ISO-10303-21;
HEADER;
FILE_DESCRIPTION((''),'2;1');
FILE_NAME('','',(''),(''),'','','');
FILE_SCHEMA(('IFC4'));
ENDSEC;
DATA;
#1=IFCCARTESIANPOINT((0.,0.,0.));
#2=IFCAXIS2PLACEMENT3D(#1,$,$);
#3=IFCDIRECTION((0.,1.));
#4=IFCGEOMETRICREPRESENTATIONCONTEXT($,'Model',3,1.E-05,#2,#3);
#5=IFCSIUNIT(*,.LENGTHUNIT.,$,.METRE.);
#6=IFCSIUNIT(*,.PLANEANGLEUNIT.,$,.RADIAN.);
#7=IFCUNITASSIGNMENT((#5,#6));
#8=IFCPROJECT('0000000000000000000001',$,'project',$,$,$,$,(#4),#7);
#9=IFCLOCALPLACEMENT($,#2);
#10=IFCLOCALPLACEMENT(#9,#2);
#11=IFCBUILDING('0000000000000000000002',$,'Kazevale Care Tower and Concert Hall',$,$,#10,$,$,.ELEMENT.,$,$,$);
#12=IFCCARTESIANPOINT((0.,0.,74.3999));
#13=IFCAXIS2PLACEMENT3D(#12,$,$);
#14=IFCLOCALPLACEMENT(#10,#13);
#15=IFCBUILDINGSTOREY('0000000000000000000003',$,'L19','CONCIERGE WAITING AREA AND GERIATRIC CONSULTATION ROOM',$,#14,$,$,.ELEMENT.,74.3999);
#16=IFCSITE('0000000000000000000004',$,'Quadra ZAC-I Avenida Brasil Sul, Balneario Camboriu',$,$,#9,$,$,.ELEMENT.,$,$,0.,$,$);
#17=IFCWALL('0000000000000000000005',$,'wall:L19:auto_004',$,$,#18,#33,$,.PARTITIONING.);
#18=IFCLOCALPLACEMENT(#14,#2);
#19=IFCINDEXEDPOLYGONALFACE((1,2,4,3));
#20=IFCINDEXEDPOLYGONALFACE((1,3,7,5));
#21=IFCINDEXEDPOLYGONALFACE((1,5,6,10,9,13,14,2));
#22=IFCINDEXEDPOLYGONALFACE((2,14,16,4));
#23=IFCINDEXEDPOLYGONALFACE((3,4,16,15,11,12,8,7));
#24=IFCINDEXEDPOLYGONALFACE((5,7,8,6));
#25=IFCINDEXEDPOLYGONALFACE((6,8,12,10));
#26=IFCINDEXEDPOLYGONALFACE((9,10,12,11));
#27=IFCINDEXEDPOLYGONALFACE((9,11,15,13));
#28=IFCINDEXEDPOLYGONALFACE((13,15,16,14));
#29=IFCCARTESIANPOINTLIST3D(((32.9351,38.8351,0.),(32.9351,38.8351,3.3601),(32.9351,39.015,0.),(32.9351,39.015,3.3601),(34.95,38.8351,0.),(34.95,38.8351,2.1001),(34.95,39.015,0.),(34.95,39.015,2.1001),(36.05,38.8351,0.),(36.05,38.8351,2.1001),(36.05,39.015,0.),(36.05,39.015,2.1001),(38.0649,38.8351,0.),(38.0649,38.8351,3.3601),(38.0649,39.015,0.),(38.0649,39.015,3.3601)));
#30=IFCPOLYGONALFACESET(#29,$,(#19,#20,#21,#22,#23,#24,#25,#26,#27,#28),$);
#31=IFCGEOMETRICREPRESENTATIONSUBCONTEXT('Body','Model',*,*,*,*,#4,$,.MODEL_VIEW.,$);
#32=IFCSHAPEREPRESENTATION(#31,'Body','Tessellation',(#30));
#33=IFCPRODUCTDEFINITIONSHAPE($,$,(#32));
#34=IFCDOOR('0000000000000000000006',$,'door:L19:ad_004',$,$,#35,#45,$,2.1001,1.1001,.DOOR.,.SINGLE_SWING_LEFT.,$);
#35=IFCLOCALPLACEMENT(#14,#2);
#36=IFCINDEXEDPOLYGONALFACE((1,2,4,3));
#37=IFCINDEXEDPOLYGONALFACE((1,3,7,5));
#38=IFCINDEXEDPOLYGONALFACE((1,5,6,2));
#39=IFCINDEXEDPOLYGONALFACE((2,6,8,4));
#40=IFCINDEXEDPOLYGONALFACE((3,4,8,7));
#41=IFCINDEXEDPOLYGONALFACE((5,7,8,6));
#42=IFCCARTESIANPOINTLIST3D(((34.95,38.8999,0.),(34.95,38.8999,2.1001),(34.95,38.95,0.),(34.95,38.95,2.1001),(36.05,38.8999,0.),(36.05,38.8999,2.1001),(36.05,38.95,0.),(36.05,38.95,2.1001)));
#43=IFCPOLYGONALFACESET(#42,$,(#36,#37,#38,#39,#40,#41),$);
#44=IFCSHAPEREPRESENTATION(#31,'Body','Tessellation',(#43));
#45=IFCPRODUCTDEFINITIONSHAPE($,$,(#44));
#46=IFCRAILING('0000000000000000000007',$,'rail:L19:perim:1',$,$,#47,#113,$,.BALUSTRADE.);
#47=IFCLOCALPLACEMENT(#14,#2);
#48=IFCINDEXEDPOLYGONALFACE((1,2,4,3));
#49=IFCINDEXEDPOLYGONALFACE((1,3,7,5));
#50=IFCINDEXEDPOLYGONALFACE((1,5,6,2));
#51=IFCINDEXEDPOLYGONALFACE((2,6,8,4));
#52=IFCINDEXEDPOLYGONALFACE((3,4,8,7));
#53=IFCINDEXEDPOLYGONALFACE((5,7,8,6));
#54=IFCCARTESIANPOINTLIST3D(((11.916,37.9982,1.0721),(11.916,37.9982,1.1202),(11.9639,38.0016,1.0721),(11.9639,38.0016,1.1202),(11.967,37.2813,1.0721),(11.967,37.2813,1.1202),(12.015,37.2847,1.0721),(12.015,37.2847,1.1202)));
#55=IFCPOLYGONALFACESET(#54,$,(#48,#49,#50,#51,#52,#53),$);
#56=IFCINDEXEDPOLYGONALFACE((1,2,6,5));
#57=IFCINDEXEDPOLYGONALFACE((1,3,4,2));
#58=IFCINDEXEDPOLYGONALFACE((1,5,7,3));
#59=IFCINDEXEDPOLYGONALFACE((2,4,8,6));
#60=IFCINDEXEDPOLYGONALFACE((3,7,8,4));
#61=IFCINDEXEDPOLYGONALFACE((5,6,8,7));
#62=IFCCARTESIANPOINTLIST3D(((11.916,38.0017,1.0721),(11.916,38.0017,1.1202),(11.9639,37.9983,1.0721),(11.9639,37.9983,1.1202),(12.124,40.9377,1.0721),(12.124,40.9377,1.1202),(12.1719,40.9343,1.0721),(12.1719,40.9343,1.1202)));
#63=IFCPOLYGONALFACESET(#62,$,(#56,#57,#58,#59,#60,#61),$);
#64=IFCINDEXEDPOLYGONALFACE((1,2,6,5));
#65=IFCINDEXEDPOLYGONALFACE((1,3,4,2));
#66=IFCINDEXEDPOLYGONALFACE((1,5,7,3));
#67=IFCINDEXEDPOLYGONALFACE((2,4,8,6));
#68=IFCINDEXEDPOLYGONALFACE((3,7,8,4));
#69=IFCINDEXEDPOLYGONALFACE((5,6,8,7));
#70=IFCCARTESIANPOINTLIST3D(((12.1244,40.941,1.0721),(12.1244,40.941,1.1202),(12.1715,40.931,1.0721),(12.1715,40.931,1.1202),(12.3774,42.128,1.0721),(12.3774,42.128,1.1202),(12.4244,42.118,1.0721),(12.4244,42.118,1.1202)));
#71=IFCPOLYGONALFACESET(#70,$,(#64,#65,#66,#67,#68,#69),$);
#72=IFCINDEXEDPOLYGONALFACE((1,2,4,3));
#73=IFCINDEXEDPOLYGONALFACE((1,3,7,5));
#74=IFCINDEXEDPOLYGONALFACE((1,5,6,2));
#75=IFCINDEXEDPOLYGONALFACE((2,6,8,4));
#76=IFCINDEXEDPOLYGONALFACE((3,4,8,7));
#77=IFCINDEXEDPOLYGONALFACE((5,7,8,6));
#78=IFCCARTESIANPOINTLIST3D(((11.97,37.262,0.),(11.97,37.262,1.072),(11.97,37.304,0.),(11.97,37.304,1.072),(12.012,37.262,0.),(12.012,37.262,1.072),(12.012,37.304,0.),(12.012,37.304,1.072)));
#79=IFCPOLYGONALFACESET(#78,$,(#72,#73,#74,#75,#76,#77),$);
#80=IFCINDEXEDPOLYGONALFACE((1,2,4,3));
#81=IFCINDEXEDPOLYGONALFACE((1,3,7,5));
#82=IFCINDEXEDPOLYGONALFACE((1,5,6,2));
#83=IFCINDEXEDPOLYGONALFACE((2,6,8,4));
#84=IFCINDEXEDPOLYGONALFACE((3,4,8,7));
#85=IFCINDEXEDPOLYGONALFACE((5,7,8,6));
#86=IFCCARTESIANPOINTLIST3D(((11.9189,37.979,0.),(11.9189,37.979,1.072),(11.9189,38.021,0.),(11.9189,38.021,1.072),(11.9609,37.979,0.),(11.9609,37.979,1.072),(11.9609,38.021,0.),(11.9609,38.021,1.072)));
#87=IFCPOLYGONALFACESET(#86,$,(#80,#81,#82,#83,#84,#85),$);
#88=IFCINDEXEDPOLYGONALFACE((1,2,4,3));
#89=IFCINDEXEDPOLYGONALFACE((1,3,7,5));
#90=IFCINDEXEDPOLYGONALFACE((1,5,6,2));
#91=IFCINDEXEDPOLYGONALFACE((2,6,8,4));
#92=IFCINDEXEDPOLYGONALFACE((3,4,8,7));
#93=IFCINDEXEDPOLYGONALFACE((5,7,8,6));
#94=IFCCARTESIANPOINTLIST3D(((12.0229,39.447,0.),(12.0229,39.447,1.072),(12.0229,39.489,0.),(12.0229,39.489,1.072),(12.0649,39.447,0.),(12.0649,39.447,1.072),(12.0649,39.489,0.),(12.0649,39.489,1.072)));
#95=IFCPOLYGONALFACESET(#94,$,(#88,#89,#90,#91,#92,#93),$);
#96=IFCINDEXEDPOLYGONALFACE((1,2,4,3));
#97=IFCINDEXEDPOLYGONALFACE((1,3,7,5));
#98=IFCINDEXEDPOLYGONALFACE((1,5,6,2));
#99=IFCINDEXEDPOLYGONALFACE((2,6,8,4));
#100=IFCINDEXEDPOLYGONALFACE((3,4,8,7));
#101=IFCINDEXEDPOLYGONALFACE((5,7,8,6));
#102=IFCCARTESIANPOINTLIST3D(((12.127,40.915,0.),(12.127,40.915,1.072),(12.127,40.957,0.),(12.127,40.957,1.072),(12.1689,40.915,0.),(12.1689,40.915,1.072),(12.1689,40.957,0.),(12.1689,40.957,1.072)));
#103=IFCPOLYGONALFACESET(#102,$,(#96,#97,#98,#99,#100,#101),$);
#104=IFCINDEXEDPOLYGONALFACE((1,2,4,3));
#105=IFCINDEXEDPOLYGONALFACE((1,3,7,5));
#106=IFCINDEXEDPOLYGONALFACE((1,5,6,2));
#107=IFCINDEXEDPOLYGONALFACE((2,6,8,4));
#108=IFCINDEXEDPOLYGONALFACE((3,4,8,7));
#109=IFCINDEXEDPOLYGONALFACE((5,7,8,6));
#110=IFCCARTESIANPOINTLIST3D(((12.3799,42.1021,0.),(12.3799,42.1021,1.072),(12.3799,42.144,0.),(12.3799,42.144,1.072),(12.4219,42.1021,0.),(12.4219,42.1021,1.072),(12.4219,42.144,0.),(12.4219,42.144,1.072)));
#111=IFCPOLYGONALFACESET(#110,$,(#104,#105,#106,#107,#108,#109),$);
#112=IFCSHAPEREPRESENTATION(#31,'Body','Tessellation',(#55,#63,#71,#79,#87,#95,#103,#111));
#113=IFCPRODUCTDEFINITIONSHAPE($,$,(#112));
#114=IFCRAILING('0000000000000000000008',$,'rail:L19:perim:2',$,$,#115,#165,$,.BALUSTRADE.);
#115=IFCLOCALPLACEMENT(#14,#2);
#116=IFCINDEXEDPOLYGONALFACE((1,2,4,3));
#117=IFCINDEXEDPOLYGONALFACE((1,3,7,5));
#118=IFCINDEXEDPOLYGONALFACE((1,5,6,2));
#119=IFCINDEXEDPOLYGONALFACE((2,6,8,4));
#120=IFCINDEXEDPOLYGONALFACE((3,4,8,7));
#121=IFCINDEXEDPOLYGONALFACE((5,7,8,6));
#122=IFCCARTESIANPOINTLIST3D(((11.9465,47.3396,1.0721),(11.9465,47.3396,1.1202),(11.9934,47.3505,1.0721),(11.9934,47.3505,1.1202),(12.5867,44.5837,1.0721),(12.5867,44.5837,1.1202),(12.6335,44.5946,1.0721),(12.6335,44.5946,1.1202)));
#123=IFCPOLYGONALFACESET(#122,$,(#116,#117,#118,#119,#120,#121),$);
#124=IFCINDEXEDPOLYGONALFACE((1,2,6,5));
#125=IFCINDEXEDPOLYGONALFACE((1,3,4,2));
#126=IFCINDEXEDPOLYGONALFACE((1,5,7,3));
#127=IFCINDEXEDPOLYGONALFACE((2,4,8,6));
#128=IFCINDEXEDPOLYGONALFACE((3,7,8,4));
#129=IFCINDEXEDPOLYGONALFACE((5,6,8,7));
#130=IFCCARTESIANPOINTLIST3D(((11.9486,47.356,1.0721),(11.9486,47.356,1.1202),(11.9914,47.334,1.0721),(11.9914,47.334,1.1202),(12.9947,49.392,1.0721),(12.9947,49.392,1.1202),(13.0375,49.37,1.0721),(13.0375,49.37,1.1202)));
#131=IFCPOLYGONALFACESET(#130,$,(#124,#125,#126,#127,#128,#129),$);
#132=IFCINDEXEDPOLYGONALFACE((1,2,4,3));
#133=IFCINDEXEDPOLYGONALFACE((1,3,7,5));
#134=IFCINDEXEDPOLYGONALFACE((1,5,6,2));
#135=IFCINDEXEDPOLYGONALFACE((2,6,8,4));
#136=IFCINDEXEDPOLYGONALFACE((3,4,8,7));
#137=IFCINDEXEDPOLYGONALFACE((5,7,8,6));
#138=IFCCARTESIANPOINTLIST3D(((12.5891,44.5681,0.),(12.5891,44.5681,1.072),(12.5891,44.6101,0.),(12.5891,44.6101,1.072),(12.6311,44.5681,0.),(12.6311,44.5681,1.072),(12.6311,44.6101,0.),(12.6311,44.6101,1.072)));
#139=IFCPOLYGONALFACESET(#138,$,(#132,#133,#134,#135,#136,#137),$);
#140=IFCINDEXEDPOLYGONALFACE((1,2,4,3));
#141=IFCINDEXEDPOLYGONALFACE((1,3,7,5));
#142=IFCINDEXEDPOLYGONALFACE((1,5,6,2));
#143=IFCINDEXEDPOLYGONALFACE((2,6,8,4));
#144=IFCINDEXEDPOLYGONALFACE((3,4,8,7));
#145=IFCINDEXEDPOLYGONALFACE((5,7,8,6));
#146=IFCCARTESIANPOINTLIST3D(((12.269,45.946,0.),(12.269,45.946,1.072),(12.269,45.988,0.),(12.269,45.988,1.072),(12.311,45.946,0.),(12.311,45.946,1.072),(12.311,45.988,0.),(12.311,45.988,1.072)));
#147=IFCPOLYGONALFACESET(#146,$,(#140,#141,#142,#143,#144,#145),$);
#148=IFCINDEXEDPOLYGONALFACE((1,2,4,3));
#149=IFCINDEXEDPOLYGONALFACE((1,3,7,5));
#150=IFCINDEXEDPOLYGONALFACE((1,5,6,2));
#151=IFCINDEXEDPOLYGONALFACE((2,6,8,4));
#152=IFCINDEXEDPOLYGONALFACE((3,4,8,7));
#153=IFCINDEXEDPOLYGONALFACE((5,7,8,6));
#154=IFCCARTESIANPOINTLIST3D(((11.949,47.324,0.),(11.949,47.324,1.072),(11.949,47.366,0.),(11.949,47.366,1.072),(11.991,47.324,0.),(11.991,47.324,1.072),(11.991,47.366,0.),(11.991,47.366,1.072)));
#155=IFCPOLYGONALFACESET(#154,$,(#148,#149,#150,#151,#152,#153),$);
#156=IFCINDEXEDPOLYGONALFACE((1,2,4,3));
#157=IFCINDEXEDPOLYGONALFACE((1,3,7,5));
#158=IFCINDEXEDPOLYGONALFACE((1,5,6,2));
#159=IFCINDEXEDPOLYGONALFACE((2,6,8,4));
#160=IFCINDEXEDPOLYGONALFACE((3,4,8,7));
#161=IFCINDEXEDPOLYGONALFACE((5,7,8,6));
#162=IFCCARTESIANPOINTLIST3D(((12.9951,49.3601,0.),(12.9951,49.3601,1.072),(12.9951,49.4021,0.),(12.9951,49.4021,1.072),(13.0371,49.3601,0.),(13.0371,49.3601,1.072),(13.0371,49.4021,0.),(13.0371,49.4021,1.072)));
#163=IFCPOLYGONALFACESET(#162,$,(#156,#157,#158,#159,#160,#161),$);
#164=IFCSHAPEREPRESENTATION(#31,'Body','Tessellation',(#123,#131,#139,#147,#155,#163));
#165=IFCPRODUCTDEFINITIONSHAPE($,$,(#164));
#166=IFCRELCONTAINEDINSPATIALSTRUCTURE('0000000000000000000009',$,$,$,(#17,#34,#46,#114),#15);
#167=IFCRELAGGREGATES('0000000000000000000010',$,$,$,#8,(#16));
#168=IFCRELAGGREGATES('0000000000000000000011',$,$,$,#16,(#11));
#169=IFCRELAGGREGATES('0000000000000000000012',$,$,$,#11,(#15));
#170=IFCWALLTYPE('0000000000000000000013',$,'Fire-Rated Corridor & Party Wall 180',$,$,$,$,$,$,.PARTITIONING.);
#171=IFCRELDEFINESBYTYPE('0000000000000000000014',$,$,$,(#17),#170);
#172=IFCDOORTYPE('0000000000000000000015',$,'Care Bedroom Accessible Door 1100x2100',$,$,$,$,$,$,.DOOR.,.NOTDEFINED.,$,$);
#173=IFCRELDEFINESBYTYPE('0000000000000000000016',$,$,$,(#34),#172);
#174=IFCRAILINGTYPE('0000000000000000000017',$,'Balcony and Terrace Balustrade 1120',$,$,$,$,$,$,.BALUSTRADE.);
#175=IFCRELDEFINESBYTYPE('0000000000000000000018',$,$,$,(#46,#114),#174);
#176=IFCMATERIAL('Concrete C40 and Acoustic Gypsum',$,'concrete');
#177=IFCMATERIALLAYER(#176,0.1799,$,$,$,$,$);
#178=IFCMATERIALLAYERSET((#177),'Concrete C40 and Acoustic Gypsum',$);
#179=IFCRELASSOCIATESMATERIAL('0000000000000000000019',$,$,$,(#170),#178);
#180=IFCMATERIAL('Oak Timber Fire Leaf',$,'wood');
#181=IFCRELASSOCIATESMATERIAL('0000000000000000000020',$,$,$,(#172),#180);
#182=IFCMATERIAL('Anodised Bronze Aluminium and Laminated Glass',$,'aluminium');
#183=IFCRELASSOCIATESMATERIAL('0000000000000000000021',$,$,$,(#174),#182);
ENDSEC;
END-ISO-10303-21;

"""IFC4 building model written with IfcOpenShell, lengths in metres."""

from ifc_helpers import new_model, si_unit, direction, frame, frame_2d, origin, origin_2d, place, context, subcontext, project, spatial, rectangle, extrude, material, layer, layer_set, type_object, element, fill, save


model = new_model("IFC4")

# Units and contexts
model_context = context("Model", 3, precision=1e-05, world=origin(), true_north=direction((0.0, 1.0)))
body_context = subcontext(model_context, "Body", "Model", "MODEL_VIEW")
ifc_project = project(units=[si_unit("LENGTHUNIT", "METRE"), si_unit("PLANEANGLEUNIT", "RADIAN")], contexts=[model_context])

# Site, building, storey
site_placement = place(None, origin())
site = spatial("IfcSite", under=ifc_project, at=site_placement, Name="Quadra ZAC-I Avenida Brasil Sul, Balneario Camboriu", CompositionType="ELEMENT", RefElevation=0.0)
building_placement = place(site_placement, origin())
building = spatial("IfcBuilding", under=site, at=building_placement, Name="Kazevale Care Tower and Concert Hall", CompositionType="ELEMENT")
storey_placement = place(building_placement, frame((0.0, 0.0, 74.3999)))
storey = spatial("IfcBuildingStorey", under=building, at=storey_placement, Name="L19", Description="CONCIERGE WAITING AREA AND GERIATRIC CONSULTATION ROOM", CompositionType="ELEMENT", Elevation=74.3999)

# Wall, opening, door
ifc_material_1 = material(Name="Concrete C40 and Acoustic Gypsum", Category="concrete")
ifc_layer_1 = layer(ifc_material_1, 0.1799)
ifc_layer_set_1 = layer_set([ifc_layer_1], Name="Concrete C40 and Acoustic Gypsum")
wall_type = type_object("IfcWallType", Name="Fire-Rated Corridor & Party Wall 180", PredefinedType="PARTITIONING", material=ifc_layer_set_1)
ifc_material_2 = material(Name="Oak Timber Fire Leaf", Category="wood")
door_type = type_object("IfcDoorType", Name="Care Bedroom Accessible Door 1100x2100", OperationType="NOTDEFINED", PredefinedType="DOOR", material=ifc_material_2)
wall_1_placement = place(storey_placement, frame((32.9351, 38.925, 0.0), z_axis=(0.0, 0.0, 1.0), x_axis=(1.0, 0.0, 0.0)))
wall_1 = element("IfcWall", 1, at=wall_1_placement, inside=storey, type_object=wall_type, Name="wall:L19:auto_004", PredefinedType="PARTITIONING", context=body_context, shape_type="SweptSolid", body=[
    extrude(rectangle(XDim=5.1299, YDim=0.1799, at=frame_2d((2.5649, 0.0))), origin(), (0.0, 0.0, 1.0), 3.3601),
])
opening_1_placement = place(wall_1_placement, frame((2.0149, 0.0, 0.0)))
opening_1 = element("IfcOpeningElement", 2, at=opening_1_placement, cuts=wall_1, PredefinedType="OPENING", context=body_context, shape_type="SweptSolid", body=[
    extrude(rectangle(XDim=1.1001, YDim=2.1001, at=frame_2d((0.55, 1.05))), frame((0.0, 0.0999, 0.0), z_axis=(0.0, -1.0, 0.0), x_axis=(1.0, 0.0, 0.0)), (0.0, 0.0, 1.0), 0.2),
])
door_1_placement = place(opening_1_placement, origin())
door_1 = element("IfcDoor", 3, at=door_1_placement, inside=storey, type_object=door_type, Name="door:L19:ad_004", OperationType="SINGLE_SWING_LEFT", OverallHeight=2.1001, OverallWidth=1.1001, PredefinedType="DOOR", context=body_context, shape_type="SweptSolid", body=[
    extrude(rectangle(XDim=1.1001, YDim=2.1001, at=frame_2d((0.55, 1.05))), frame((0.0, 0.0249, 0.0), z_axis=(0.0, -1.0, 0.0), x_axis=(1.0, 0.0, 0.0)), (0.0, 0.0, 1.0), 0.05),
])
fill(opening_1, door_1)

# Railings
ifc_material_3 = material(Name="Anodised Bronze Aluminium and Laminated Glass", Category="aluminium")
railing_type = type_object("IfcRailingType", Name="Balcony and Terrace Balustrade 1120", PredefinedType="BALUSTRADE", material=ifc_material_3)
railing_1_placement = place(storey_placement, frame((11.991, 37.283, 0.0)))
element("IfcRailing", 4, at=railing_1_placement, inside=storey, type_object=railing_type, Name="rail:L19:perim:1", PredefinedType="BALUSTRADE", context=body_context, shape_type="SweptSolid", body=[
    extrude(rectangle(XDim=0.0481, YDim=0.0481, at=origin_2d()), frame((0.0, 0.0, 1.0962), z_axis=(-0.070982, 0.997478, 0.0), x_axis=(-0.997478, -0.070982, 0.0)), (0.0, 0.0, 1.0), 0.7188),
    extrude(rectangle(XDim=0.0481, YDim=0.0481, at=origin_2d()), frame((-0.051, 0.717, 1.0962), z_axis=(0.070669, 0.9975, 0.0), x_axis=(-0.9975, 0.070669, 0.0)), (0.0, 0.0, 1.0), 2.9434),
    extrude(rectangle(XDim=0.0481, YDim=0.0481, at=origin_2d()), frame((0.157, 3.6531, 1.0962), z_axis=(0.208402, 0.978043, 0.0), x_axis=(-0.978043, 0.208402, 0.0)), (0.0, 0.0, 1.0), 1.2136),
    extrude(rectangle(XDim=0.042, YDim=0.042, at=origin_2d()), origin(), (0.0, 0.0, 1.0), 1.072),
    extrude(rectangle(XDim=0.042, YDim=0.042, at=origin_2d()), frame((-0.051, 0.717, 0.0)), (0.0, 0.0, 1.0), 1.072),
    extrude(rectangle(XDim=0.042, YDim=0.042, at=origin_2d()), frame((0.053, 2.1851, 0.0)), (0.0, 0.0, 1.0), 1.072),
    extrude(rectangle(XDim=0.042, YDim=0.042, at=origin_2d()), frame((0.157, 3.6531, 0.0)), (0.0, 0.0, 1.0), 1.072),
    extrude(rectangle(XDim=0.042, YDim=0.042, at=origin_2d()), frame((0.4099, 4.8401, 0.0)), (0.0, 0.0, 1.0), 1.072),
])
railing_2_placement = place(storey_placement, frame((12.6101, 44.5891, 0.0)))
element("IfcRailing", 5, at=railing_2_placement, inside=storey, type_object=railing_type, Name="rail:L19:perim:2", PredefinedType="BALUSTRADE", context=body_context, shape_type="SweptSolid", body=[
    extrude(rectangle(XDim=0.0481, YDim=0.0481, at=origin_2d()), frame((0.0, 0.0, 1.0962), z_axis=(-0.226258, 0.974067, 0.0), x_axis=(-0.974067, -0.226258, 0.0)), (0.0, 0.0, 1.0), 2.8293),
    extrude(rectangle(XDim=0.0481, YDim=0.0481, at=origin_2d()), frame((-0.6401, 2.7559, 1.0962), z_axis=(0.456999, 0.889467, 0.0), x_axis=(-0.889467, 0.456999, 0.0)), (0.0, 0.0, 1.0), 2.2891),
    extrude(rectangle(XDim=0.042, YDim=0.042, at=origin_2d()), origin(), (0.0, 0.0, 1.0), 1.072),
    extrude(rectangle(XDim=0.042, YDim=0.042, at=origin_2d()), frame((-0.3201, 1.3779, 0.0)), (0.0, 0.0, 1.0), 1.072),
    extrude(rectangle(XDim=0.042, YDim=0.042, at=origin_2d()), frame((-0.6401, 2.7559, 0.0)), (0.0, 0.0, 1.0), 1.072),
    extrude(rectangle(XDim=0.042, YDim=0.042, at=origin_2d()), frame((0.406, 4.792, 0.0)), (0.0, 0.0, 1.0), 1.072),
])

save(model, "model.ifc")
